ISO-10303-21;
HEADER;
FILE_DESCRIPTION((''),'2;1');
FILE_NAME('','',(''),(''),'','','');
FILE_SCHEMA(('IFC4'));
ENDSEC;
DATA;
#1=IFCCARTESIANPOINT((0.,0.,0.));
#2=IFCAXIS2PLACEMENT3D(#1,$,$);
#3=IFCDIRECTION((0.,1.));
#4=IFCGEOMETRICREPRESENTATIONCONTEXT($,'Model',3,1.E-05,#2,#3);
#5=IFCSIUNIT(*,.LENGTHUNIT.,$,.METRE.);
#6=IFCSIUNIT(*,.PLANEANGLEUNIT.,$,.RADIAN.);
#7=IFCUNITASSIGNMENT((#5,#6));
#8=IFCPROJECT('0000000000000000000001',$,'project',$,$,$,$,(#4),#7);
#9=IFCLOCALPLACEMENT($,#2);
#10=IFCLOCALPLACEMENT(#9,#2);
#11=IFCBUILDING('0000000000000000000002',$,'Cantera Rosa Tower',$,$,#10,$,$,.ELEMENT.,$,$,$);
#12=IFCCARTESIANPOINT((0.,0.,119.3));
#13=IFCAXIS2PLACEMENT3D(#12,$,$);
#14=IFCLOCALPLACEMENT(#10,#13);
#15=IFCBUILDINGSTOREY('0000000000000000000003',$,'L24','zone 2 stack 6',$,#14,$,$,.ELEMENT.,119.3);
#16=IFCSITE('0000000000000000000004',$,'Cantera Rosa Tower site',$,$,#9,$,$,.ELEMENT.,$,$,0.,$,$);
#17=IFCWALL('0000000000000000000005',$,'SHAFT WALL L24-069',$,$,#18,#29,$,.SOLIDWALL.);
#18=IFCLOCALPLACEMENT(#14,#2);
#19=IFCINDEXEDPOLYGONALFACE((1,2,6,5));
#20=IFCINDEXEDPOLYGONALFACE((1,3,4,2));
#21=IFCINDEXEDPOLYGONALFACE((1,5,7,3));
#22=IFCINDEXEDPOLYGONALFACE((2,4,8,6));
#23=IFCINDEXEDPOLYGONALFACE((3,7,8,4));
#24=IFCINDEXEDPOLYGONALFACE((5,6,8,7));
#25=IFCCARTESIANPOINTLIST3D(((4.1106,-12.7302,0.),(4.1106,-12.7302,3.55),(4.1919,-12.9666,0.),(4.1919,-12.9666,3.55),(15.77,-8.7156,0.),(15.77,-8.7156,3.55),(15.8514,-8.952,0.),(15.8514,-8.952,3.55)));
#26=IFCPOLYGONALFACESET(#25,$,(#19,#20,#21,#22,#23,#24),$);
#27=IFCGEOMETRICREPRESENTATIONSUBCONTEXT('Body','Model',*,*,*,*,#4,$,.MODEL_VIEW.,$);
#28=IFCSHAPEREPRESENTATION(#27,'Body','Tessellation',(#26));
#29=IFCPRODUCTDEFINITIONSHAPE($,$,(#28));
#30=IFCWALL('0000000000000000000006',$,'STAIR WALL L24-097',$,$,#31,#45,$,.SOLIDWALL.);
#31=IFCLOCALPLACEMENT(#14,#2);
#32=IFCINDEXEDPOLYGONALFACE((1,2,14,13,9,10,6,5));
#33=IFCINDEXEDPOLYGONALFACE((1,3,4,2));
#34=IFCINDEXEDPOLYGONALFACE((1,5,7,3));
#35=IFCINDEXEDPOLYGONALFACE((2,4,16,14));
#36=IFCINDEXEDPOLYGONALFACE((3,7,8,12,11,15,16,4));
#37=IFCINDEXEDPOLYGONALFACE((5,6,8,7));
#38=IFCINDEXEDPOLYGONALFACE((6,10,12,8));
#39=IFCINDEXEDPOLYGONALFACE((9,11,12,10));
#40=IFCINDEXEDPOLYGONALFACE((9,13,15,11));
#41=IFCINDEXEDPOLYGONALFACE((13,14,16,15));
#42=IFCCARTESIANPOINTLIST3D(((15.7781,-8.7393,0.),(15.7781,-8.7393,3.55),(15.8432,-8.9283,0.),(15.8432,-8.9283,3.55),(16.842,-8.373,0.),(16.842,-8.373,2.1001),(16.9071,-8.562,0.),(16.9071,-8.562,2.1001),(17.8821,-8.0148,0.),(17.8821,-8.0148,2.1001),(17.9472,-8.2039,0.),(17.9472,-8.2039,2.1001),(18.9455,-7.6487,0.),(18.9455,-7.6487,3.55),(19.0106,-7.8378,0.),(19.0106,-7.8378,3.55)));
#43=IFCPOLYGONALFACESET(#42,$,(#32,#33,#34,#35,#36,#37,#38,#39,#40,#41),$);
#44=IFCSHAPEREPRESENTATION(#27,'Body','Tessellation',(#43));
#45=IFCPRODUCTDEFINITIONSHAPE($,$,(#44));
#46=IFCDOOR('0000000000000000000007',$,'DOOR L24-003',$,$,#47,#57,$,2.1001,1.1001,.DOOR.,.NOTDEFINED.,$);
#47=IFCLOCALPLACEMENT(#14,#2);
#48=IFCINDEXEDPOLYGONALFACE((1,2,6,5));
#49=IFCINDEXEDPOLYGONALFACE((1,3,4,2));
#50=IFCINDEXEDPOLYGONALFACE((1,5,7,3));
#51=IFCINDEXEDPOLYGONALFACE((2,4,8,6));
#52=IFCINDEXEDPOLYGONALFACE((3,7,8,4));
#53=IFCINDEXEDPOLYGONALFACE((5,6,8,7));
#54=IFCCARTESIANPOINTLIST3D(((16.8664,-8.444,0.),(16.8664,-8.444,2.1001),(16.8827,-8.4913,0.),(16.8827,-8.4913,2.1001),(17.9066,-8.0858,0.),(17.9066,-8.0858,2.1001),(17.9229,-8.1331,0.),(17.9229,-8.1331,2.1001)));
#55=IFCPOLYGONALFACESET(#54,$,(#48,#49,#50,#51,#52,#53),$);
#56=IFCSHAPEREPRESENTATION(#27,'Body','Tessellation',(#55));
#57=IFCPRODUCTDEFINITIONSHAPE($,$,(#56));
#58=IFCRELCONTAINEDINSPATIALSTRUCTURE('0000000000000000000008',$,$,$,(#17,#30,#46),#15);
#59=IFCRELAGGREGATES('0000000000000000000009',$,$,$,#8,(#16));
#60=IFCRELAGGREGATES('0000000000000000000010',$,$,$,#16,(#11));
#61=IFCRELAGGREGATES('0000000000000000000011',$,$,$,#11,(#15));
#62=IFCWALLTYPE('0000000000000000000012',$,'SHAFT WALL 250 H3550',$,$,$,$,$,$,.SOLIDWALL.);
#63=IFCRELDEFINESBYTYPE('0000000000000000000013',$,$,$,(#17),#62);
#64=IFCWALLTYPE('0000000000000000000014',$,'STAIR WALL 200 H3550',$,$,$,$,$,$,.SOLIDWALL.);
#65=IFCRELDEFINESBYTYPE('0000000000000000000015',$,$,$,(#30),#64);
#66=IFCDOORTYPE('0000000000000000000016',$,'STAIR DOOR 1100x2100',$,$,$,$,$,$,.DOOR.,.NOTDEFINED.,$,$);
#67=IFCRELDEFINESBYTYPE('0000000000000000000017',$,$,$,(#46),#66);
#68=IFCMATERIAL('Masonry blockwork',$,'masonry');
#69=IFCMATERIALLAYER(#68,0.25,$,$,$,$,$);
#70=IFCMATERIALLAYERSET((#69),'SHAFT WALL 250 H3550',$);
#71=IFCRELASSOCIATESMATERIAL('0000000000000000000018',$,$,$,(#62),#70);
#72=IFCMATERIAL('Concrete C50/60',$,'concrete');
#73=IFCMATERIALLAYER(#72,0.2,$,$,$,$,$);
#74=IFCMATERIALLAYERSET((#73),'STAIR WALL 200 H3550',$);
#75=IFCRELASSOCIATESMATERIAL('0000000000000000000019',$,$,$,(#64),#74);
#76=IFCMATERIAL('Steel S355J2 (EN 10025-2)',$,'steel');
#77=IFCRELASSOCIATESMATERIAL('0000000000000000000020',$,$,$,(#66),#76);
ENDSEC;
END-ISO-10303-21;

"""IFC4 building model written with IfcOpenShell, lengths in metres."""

from ifc_helpers import new_model, si_unit, direction, frame, frame_2d, origin, place, context, subcontext, project, spatial, rectangle, extrude, material, layer, layer_set, type_object, element, fill, save


model = new_model("IFC4")

# Units and contexts
model_context = context("Model", 3, precision=1e-05, world=origin(), true_north=direction((0.0, 1.0)))
body_context = subcontext(model_context, "Body", "Model", "MODEL_VIEW")
ifc_project = project(units=[si_unit("LENGTHUNIT", "METRE"), si_unit("PLANEANGLEUNIT", "RADIAN")], contexts=[model_context])

# Site, building, storey
site_placement = place(None, origin())
site = spatial("IfcSite", under=ifc_project, at=site_placement, Name="Cantera Rosa Tower site", CompositionType="ELEMENT", RefElevation=0.0)
building_placement = place(site_placement, origin())
building = spatial("IfcBuilding", under=site, at=building_placement, Name="Cantera Rosa Tower", CompositionType="ELEMENT")
storey_placement = place(building_placement, frame((0.0, 0.0, 119.3)))
storey = spatial("IfcBuildingStorey", under=building, at=storey_placement, Name="L24", Description="zone 2 stack 6", CompositionType="ELEMENT", Elevation=119.3)

# Wall
ifc_material_1 = material(Name="Masonry blockwork", Category="masonry")
ifc_layer_1 = layer(ifc_material_1, 0.25)
ifc_layer_set_1 = layer_set([ifc_layer_1], Name="SHAFT WALL 250 H3550")
wall_type_1 = type_object("IfcWallType", Name="SHAFT WALL 250 H3550", PredefinedType="SOLIDWALL", material=ifc_layer_set_1)
wall_1_placement = place(storey_placement, frame((4.1514, -12.8484, 0.0), z_axis=(0.0, 0.0, 1.0), x_axis=(0.945519, 0.325567, 0.0)))
element("IfcWall", 1, at=wall_1_placement, inside=storey, type_object=wall_type_1, Name="SHAFT WALL L24-069", PredefinedType="SOLIDWALL", context=body_context, shape_type="SweptSolid", body=[
    extrude(rectangle(XDim=12.3313, YDim=0.25, at=frame_2d((6.1655, 0.0))), origin(), (0.0, 0.0, 1.0), 3.55),
])

# Wall, opening, door
ifc_material_2 = material(Name="Concrete C50/60", Category="concrete")
ifc_layer_2 = layer(ifc_material_2, 0.2)
ifc_layer_set_2 = layer_set([ifc_layer_2], Name="STAIR WALL 200 H3550")
wall_type_2 = type_object("IfcWallType", Name="STAIR WALL 200 H3550", PredefinedType="SOLIDWALL", material=ifc_layer_set_2)
wall_2_placement = place(storey_placement, frame((15.8108, -8.8337, 0.0), z_axis=(0.0, 0.0, 1.0), x_axis=(0.945525, 0.325548, 0.0)))
wall_2 = element("IfcWall", 2, at=wall_2_placement, inside=storey, type_object=wall_type_2, Name="STAIR WALL L24-097", PredefinedType="SOLIDWALL", context=body_context, shape_type="SweptSolid", body=[
    extrude(rectangle(XDim=3.3499, YDim=0.2, at=frame_2d((1.6748, 0.0))), origin(), (0.0, 0.0, 1.0), 3.55),
])
opening_1_placement = place(wall_2_placement, frame((1.125, 0.0, 0.0)))
opening_1 = element("IfcOpeningElement", 3, at=opening_1_placement, cuts=wall_2, PredefinedType="OPENING", context=body_context, shape_type="SweptSolid", body=[
    extrude(rectangle(XDim=1.1001, YDim=2.1001, at=frame_2d((0.55, 1.05))), frame((0.0, 0.1099, 0.0), z_axis=(0.0, -1.0, 0.0), x_axis=(1.0, 0.0, 0.0)), (0.0, 0.0, 1.0), 0.22),
])
ifc_material_3 = material(Name="Steel S355J2 (EN 10025-2)", Category="steel")
door_type_1 = type_object("IfcDoorType", Name="STAIR DOOR 1100x2100", OperationType="NOTDEFINED", PredefinedType="DOOR", material=ifc_material_3)
door_1_placement = place(opening_1_placement, origin())
door_1 = element("IfcDoor", 4, at=door_1_placement, inside=storey, type_object=door_type_1, Name="DOOR L24-003", OperationType="NOTDEFINED", OverallHeight=2.1001, OverallWidth=1.1001, PredefinedType="DOOR", context=body_context, shape_type="SweptSolid", body=[
    extrude(rectangle(XDim=1.1001, YDim=2.1001, at=frame_2d((0.55, 1.05))), frame((0.0, 0.0249, 0.0), z_axis=(0.0, -1.0, 0.0), x_axis=(1.0, 0.0, 0.0)), (0.0, 0.0, 1.0), 0.05),
])
fill(opening_1, door_1)

save(model, "model.ifc")
